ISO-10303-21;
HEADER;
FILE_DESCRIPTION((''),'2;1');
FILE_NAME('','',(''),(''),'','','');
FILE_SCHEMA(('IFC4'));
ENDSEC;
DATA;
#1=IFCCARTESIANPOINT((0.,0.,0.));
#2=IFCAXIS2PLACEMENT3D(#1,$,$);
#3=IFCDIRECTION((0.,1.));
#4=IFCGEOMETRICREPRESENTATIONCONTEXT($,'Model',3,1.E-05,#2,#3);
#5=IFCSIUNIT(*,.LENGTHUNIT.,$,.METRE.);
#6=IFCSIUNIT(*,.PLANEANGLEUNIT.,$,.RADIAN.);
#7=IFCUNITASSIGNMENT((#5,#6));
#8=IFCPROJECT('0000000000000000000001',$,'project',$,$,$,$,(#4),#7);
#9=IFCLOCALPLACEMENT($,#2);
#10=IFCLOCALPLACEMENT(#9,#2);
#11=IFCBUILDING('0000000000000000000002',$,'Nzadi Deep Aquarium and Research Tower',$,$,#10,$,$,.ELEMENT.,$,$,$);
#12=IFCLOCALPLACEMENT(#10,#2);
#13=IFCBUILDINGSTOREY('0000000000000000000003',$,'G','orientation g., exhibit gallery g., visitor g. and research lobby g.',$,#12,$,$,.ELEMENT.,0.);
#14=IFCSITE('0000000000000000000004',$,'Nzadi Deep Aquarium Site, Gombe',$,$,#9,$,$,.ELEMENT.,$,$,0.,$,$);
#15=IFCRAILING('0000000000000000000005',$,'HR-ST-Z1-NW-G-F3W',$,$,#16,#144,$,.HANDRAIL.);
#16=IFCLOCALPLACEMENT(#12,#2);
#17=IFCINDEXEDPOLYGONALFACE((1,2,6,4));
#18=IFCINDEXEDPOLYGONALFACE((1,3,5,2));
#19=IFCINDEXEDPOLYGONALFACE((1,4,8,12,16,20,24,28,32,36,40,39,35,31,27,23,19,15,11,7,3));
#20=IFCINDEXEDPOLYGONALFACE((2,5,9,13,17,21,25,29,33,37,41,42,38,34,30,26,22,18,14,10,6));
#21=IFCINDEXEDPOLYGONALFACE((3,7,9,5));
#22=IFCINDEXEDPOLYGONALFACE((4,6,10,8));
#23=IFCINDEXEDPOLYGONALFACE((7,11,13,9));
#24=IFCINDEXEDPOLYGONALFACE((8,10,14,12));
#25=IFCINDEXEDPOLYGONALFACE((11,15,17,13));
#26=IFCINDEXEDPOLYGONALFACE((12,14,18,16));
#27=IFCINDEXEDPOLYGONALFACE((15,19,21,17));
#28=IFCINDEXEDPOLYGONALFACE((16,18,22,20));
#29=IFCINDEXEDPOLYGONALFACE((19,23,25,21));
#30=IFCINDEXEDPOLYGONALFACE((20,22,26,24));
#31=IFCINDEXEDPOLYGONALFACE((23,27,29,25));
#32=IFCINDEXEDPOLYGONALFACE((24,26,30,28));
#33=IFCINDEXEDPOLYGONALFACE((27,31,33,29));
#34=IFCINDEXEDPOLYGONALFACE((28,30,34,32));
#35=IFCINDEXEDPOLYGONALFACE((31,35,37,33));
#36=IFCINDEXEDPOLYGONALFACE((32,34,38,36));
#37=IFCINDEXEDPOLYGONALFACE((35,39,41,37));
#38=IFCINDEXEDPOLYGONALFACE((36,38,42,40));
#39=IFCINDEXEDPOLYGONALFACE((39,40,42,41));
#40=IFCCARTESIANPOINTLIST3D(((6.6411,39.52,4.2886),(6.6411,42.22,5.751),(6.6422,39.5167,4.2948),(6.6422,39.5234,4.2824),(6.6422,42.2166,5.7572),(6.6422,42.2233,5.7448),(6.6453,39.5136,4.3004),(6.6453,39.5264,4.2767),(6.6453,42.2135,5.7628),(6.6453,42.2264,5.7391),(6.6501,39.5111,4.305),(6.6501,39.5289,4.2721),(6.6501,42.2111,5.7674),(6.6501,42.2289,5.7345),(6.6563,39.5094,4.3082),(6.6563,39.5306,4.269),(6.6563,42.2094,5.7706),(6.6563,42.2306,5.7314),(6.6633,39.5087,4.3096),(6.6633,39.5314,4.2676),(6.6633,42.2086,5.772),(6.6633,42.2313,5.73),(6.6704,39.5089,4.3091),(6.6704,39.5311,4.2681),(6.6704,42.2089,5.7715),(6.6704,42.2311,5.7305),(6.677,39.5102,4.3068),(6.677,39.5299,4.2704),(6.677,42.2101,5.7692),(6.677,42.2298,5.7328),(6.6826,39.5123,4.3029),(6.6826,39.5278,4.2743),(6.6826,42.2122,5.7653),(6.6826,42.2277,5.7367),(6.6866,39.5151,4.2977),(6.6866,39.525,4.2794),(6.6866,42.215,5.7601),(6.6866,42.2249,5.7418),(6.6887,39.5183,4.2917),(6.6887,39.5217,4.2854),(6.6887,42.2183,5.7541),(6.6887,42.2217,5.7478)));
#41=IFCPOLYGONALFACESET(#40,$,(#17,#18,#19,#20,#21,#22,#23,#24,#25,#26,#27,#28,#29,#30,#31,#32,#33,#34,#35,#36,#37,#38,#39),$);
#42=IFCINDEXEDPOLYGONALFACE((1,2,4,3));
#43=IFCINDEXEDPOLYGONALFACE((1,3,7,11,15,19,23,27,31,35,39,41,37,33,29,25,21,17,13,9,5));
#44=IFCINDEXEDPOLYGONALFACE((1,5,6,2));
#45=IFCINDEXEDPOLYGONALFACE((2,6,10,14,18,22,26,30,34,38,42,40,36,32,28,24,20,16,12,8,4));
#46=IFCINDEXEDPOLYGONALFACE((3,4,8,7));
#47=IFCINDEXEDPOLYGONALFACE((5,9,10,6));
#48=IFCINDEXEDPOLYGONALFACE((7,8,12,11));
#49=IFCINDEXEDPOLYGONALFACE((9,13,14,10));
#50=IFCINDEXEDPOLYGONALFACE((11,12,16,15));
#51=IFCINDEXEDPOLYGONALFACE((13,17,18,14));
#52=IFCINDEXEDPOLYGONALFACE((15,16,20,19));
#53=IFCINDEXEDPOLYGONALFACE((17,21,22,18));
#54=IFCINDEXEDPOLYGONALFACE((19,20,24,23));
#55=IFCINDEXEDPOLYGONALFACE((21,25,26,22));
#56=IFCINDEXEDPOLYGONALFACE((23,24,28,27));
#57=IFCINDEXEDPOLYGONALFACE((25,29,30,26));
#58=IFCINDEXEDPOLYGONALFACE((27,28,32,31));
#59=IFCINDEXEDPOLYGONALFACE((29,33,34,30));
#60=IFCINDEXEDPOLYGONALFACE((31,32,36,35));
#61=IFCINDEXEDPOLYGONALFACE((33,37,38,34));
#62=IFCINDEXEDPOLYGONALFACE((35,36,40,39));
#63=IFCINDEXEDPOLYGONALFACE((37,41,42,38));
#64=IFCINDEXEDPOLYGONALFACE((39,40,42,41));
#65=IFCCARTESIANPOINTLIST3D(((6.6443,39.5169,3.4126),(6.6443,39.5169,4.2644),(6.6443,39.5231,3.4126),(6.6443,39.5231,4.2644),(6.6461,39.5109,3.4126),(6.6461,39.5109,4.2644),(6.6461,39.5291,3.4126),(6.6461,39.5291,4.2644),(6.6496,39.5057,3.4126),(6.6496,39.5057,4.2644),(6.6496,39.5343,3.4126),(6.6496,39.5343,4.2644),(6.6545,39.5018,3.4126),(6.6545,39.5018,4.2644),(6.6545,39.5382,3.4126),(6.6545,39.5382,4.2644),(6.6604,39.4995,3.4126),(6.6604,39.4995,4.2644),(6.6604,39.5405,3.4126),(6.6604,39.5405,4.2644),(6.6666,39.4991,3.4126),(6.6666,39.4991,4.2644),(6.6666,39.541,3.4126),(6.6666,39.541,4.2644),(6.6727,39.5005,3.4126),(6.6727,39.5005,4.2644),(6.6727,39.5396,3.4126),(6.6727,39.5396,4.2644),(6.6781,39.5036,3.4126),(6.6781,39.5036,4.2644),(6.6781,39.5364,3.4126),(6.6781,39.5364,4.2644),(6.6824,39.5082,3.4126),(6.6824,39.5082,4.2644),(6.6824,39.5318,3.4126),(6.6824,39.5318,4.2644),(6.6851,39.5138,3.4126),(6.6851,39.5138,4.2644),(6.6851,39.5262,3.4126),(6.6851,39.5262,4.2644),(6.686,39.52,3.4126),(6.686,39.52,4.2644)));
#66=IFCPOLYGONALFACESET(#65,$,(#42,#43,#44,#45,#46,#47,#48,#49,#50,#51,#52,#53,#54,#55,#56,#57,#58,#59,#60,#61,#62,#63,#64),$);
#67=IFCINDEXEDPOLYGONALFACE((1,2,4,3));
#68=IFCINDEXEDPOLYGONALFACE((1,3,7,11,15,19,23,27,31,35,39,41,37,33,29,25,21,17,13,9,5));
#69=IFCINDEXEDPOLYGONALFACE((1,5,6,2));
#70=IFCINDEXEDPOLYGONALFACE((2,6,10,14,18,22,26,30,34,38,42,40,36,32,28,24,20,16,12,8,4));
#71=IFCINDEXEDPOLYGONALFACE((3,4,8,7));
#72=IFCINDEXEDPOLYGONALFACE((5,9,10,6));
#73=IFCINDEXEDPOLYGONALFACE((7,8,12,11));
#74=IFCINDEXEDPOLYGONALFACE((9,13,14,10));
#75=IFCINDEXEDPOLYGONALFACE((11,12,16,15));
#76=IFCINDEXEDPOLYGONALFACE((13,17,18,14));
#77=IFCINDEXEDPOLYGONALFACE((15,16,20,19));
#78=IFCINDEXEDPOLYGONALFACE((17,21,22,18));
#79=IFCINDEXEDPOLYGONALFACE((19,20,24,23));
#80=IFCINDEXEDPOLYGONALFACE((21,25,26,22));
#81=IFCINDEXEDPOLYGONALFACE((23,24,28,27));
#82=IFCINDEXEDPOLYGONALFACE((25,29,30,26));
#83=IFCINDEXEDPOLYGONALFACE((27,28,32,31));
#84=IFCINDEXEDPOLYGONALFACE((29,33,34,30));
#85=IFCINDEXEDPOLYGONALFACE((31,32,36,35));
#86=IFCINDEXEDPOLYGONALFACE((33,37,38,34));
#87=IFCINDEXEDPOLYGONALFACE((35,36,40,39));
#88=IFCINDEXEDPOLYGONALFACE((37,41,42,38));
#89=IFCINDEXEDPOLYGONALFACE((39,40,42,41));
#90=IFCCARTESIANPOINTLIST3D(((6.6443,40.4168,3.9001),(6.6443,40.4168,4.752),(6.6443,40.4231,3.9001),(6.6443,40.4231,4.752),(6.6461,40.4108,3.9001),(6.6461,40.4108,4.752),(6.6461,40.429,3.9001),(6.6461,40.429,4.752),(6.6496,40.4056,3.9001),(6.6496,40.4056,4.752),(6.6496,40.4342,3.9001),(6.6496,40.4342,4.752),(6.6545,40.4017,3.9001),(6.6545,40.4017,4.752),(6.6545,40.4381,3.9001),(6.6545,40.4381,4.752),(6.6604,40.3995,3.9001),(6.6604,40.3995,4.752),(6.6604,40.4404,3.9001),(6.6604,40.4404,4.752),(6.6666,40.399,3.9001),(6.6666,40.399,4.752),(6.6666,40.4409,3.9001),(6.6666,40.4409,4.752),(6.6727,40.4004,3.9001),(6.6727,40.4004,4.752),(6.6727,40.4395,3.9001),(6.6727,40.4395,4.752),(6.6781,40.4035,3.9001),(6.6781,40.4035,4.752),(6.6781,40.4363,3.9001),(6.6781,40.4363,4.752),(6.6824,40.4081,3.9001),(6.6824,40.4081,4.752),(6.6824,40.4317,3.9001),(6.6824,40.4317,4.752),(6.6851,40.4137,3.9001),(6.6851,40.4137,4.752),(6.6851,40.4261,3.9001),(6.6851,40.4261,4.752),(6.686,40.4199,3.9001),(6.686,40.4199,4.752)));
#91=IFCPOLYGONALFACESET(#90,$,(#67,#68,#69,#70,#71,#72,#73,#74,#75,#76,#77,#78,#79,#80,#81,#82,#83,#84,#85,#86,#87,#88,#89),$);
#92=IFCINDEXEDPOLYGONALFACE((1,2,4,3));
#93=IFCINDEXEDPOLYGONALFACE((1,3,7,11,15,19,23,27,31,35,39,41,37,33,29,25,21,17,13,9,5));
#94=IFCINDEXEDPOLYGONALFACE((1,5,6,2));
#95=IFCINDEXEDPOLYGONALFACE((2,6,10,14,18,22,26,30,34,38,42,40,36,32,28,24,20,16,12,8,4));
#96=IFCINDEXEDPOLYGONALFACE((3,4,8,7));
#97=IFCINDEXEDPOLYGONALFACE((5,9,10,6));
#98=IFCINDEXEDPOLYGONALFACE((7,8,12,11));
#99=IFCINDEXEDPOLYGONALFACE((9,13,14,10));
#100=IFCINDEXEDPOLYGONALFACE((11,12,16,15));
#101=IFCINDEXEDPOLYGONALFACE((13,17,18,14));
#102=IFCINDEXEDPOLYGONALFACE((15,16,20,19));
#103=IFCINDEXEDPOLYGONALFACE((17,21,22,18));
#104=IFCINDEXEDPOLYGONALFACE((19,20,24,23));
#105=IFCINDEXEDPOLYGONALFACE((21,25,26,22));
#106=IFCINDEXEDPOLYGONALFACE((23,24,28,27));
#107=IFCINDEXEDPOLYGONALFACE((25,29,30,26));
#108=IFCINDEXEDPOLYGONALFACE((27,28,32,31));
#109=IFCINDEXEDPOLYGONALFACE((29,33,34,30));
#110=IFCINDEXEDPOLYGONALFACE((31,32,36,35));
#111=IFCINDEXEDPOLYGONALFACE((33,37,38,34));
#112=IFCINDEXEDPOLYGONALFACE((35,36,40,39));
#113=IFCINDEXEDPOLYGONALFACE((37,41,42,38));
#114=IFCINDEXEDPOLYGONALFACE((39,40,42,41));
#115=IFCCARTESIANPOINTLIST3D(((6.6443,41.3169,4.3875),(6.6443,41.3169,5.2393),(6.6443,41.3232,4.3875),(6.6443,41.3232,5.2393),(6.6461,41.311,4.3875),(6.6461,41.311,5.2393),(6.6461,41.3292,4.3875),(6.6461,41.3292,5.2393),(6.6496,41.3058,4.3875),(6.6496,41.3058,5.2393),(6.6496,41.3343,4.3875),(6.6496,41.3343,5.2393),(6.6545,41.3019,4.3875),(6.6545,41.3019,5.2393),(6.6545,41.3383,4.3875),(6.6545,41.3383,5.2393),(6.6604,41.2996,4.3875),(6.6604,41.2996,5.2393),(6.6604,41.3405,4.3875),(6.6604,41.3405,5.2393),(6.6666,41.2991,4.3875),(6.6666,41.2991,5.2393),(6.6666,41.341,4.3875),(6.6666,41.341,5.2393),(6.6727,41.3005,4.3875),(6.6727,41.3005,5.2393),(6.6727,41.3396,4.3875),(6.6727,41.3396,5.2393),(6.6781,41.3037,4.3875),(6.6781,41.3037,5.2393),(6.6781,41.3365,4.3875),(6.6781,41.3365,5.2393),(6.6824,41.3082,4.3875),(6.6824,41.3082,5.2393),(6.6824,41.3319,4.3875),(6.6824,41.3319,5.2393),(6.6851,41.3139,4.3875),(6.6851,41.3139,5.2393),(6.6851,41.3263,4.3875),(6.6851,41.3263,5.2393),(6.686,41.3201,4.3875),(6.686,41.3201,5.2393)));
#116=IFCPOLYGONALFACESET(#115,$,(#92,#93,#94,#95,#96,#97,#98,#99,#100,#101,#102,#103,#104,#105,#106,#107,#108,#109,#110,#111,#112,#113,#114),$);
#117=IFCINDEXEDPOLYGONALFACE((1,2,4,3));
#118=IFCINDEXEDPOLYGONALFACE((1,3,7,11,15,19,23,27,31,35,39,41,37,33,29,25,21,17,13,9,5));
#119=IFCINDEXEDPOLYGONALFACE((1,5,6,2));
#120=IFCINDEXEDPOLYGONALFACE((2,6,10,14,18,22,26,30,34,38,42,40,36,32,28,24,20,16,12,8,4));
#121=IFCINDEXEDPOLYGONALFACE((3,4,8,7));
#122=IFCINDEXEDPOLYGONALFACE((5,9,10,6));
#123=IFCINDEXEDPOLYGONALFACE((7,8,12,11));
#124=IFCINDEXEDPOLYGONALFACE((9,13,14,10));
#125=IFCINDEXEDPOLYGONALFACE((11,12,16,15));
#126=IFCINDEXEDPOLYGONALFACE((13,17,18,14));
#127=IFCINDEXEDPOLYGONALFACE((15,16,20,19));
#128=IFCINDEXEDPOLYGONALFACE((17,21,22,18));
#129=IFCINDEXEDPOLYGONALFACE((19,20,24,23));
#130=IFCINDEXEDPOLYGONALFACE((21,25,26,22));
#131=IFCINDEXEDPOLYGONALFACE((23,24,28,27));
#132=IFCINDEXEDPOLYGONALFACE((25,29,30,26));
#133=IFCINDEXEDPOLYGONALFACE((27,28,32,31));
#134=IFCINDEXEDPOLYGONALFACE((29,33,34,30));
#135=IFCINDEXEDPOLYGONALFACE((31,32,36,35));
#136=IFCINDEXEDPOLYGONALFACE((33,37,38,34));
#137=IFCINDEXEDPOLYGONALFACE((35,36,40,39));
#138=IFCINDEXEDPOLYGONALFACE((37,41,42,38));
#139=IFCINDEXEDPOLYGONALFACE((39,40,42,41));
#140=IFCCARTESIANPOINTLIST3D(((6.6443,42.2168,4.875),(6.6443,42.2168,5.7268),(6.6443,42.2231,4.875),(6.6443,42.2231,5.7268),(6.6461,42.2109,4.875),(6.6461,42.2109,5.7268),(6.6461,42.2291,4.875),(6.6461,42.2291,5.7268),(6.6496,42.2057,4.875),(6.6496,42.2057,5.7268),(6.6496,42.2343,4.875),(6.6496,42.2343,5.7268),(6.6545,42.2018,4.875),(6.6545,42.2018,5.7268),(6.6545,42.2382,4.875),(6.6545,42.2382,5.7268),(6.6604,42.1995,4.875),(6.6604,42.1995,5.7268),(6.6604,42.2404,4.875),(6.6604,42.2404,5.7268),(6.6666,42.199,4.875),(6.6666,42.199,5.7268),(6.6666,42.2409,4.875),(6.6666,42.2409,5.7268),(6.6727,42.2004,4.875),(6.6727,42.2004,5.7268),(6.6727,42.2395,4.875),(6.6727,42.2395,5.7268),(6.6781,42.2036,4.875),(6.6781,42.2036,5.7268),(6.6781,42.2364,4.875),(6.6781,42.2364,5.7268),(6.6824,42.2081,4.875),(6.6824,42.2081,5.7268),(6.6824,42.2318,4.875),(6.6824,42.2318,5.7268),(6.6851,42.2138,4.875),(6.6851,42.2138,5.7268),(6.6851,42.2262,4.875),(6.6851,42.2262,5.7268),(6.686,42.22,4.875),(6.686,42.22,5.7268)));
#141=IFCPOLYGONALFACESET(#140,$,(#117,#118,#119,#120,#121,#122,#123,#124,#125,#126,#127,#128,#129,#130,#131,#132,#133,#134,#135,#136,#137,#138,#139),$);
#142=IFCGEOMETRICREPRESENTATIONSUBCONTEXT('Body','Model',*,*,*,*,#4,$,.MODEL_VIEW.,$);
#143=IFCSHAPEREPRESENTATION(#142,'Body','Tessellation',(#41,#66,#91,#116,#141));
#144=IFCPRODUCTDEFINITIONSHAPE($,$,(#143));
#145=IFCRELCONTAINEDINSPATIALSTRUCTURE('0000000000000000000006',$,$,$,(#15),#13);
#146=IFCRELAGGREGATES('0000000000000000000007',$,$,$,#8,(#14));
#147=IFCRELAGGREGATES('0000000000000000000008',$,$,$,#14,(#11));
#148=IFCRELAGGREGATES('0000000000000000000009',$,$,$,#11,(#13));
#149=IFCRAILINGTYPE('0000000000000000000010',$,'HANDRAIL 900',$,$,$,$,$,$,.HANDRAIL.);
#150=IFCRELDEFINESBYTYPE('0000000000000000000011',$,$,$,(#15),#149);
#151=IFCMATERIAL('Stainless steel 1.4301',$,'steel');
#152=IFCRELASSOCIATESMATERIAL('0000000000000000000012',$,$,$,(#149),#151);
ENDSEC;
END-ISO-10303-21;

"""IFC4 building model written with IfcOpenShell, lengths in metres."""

from ifc_helpers import new_model, si_unit, direction, frame, origin, origin_2d, place, context, subcontext, project, spatial, circle, extrude, material, type_object, element, save


model = new_model("IFC4")

# Units and contexts
model_context = context("Model", 3, precision=1e-05, world=origin(), true_north=direction((0.0, 1.0)))
body_context = subcontext(model_context, "Body", "Model", "MODEL_VIEW")
ifc_project = project(units=[si_unit("LENGTHUNIT", "METRE"), si_unit("PLANEANGLEUNIT", "RADIAN")], contexts=[model_context])

# Site, building, storey
site_placement = place(None, origin())
site = spatial("IfcSite", under=ifc_project, at=site_placement, Name="Nzadi Deep Aquarium Site, Gombe", CompositionType="ELEMENT", RefElevation=0.0)
building_placement = place(site_placement, origin())
building = spatial("IfcBuilding", under=site, at=building_placement, Name="Nzadi Deep Aquarium and Research Tower", CompositionType="ELEMENT")
storey_placement = place(building_placement, origin())
storey = spatial("IfcBuildingStorey", under=building, at=storey_placement, Name="G", Description="orientation g., exhibit gallery g., visitor g. and research lobby g.", CompositionType="ELEMENT", Elevation=0.0)

# Railing
ifc_material_1 = material(Name="Stainless steel 1.4301", Category="steel")
railing_type = type_object("IfcRailingType", Name="HANDRAIL 900", PredefinedType="HANDRAIL", material=ifc_material_1)
for number, where, name in (
    (1, (6.665, 39.52, 3.4126), "HR-ST-Z1-NW-G-F3W"),
):
    element("IfcRailing", number, at=place(storey_placement, frame(where)), inside=storey, type_object=railing_type, Name=name, PredefinedType="HANDRAIL", context=body_context, shape_type="SweptSolid", body=[
        extrude(circle(Radius=0.0239, at=origin_2d()), frame((0.0, 0.0, 0.876), z_axis=(0.0, 0.879302, 0.476265), x_axis=(-1.0, 0.0, 0.0)), (0.0, 0.0, 1.0), 3.0706),
        extrude(circle(Radius=0.021, at=origin_2d()), origin(), (0.0, 0.0, 1.0), 0.8518),
        extrude(circle(Radius=0.021, at=origin_2d()), frame((0.0, 0.8999, 0.4875)), (0.0, 0.0, 1.0), 0.8518),
        extrude(circle(Radius=0.021, at=origin_2d()), frame((0.0, 1.8, 0.9749)), (0.0, 0.0, 1.0), 0.8518),
        extrude(circle(Radius=0.021, at=origin_2d()), frame((0.0, 2.7, 1.4624)), (0.0, 0.0, 1.0), 0.8518),
    ])

save(model, "model.ifc")
